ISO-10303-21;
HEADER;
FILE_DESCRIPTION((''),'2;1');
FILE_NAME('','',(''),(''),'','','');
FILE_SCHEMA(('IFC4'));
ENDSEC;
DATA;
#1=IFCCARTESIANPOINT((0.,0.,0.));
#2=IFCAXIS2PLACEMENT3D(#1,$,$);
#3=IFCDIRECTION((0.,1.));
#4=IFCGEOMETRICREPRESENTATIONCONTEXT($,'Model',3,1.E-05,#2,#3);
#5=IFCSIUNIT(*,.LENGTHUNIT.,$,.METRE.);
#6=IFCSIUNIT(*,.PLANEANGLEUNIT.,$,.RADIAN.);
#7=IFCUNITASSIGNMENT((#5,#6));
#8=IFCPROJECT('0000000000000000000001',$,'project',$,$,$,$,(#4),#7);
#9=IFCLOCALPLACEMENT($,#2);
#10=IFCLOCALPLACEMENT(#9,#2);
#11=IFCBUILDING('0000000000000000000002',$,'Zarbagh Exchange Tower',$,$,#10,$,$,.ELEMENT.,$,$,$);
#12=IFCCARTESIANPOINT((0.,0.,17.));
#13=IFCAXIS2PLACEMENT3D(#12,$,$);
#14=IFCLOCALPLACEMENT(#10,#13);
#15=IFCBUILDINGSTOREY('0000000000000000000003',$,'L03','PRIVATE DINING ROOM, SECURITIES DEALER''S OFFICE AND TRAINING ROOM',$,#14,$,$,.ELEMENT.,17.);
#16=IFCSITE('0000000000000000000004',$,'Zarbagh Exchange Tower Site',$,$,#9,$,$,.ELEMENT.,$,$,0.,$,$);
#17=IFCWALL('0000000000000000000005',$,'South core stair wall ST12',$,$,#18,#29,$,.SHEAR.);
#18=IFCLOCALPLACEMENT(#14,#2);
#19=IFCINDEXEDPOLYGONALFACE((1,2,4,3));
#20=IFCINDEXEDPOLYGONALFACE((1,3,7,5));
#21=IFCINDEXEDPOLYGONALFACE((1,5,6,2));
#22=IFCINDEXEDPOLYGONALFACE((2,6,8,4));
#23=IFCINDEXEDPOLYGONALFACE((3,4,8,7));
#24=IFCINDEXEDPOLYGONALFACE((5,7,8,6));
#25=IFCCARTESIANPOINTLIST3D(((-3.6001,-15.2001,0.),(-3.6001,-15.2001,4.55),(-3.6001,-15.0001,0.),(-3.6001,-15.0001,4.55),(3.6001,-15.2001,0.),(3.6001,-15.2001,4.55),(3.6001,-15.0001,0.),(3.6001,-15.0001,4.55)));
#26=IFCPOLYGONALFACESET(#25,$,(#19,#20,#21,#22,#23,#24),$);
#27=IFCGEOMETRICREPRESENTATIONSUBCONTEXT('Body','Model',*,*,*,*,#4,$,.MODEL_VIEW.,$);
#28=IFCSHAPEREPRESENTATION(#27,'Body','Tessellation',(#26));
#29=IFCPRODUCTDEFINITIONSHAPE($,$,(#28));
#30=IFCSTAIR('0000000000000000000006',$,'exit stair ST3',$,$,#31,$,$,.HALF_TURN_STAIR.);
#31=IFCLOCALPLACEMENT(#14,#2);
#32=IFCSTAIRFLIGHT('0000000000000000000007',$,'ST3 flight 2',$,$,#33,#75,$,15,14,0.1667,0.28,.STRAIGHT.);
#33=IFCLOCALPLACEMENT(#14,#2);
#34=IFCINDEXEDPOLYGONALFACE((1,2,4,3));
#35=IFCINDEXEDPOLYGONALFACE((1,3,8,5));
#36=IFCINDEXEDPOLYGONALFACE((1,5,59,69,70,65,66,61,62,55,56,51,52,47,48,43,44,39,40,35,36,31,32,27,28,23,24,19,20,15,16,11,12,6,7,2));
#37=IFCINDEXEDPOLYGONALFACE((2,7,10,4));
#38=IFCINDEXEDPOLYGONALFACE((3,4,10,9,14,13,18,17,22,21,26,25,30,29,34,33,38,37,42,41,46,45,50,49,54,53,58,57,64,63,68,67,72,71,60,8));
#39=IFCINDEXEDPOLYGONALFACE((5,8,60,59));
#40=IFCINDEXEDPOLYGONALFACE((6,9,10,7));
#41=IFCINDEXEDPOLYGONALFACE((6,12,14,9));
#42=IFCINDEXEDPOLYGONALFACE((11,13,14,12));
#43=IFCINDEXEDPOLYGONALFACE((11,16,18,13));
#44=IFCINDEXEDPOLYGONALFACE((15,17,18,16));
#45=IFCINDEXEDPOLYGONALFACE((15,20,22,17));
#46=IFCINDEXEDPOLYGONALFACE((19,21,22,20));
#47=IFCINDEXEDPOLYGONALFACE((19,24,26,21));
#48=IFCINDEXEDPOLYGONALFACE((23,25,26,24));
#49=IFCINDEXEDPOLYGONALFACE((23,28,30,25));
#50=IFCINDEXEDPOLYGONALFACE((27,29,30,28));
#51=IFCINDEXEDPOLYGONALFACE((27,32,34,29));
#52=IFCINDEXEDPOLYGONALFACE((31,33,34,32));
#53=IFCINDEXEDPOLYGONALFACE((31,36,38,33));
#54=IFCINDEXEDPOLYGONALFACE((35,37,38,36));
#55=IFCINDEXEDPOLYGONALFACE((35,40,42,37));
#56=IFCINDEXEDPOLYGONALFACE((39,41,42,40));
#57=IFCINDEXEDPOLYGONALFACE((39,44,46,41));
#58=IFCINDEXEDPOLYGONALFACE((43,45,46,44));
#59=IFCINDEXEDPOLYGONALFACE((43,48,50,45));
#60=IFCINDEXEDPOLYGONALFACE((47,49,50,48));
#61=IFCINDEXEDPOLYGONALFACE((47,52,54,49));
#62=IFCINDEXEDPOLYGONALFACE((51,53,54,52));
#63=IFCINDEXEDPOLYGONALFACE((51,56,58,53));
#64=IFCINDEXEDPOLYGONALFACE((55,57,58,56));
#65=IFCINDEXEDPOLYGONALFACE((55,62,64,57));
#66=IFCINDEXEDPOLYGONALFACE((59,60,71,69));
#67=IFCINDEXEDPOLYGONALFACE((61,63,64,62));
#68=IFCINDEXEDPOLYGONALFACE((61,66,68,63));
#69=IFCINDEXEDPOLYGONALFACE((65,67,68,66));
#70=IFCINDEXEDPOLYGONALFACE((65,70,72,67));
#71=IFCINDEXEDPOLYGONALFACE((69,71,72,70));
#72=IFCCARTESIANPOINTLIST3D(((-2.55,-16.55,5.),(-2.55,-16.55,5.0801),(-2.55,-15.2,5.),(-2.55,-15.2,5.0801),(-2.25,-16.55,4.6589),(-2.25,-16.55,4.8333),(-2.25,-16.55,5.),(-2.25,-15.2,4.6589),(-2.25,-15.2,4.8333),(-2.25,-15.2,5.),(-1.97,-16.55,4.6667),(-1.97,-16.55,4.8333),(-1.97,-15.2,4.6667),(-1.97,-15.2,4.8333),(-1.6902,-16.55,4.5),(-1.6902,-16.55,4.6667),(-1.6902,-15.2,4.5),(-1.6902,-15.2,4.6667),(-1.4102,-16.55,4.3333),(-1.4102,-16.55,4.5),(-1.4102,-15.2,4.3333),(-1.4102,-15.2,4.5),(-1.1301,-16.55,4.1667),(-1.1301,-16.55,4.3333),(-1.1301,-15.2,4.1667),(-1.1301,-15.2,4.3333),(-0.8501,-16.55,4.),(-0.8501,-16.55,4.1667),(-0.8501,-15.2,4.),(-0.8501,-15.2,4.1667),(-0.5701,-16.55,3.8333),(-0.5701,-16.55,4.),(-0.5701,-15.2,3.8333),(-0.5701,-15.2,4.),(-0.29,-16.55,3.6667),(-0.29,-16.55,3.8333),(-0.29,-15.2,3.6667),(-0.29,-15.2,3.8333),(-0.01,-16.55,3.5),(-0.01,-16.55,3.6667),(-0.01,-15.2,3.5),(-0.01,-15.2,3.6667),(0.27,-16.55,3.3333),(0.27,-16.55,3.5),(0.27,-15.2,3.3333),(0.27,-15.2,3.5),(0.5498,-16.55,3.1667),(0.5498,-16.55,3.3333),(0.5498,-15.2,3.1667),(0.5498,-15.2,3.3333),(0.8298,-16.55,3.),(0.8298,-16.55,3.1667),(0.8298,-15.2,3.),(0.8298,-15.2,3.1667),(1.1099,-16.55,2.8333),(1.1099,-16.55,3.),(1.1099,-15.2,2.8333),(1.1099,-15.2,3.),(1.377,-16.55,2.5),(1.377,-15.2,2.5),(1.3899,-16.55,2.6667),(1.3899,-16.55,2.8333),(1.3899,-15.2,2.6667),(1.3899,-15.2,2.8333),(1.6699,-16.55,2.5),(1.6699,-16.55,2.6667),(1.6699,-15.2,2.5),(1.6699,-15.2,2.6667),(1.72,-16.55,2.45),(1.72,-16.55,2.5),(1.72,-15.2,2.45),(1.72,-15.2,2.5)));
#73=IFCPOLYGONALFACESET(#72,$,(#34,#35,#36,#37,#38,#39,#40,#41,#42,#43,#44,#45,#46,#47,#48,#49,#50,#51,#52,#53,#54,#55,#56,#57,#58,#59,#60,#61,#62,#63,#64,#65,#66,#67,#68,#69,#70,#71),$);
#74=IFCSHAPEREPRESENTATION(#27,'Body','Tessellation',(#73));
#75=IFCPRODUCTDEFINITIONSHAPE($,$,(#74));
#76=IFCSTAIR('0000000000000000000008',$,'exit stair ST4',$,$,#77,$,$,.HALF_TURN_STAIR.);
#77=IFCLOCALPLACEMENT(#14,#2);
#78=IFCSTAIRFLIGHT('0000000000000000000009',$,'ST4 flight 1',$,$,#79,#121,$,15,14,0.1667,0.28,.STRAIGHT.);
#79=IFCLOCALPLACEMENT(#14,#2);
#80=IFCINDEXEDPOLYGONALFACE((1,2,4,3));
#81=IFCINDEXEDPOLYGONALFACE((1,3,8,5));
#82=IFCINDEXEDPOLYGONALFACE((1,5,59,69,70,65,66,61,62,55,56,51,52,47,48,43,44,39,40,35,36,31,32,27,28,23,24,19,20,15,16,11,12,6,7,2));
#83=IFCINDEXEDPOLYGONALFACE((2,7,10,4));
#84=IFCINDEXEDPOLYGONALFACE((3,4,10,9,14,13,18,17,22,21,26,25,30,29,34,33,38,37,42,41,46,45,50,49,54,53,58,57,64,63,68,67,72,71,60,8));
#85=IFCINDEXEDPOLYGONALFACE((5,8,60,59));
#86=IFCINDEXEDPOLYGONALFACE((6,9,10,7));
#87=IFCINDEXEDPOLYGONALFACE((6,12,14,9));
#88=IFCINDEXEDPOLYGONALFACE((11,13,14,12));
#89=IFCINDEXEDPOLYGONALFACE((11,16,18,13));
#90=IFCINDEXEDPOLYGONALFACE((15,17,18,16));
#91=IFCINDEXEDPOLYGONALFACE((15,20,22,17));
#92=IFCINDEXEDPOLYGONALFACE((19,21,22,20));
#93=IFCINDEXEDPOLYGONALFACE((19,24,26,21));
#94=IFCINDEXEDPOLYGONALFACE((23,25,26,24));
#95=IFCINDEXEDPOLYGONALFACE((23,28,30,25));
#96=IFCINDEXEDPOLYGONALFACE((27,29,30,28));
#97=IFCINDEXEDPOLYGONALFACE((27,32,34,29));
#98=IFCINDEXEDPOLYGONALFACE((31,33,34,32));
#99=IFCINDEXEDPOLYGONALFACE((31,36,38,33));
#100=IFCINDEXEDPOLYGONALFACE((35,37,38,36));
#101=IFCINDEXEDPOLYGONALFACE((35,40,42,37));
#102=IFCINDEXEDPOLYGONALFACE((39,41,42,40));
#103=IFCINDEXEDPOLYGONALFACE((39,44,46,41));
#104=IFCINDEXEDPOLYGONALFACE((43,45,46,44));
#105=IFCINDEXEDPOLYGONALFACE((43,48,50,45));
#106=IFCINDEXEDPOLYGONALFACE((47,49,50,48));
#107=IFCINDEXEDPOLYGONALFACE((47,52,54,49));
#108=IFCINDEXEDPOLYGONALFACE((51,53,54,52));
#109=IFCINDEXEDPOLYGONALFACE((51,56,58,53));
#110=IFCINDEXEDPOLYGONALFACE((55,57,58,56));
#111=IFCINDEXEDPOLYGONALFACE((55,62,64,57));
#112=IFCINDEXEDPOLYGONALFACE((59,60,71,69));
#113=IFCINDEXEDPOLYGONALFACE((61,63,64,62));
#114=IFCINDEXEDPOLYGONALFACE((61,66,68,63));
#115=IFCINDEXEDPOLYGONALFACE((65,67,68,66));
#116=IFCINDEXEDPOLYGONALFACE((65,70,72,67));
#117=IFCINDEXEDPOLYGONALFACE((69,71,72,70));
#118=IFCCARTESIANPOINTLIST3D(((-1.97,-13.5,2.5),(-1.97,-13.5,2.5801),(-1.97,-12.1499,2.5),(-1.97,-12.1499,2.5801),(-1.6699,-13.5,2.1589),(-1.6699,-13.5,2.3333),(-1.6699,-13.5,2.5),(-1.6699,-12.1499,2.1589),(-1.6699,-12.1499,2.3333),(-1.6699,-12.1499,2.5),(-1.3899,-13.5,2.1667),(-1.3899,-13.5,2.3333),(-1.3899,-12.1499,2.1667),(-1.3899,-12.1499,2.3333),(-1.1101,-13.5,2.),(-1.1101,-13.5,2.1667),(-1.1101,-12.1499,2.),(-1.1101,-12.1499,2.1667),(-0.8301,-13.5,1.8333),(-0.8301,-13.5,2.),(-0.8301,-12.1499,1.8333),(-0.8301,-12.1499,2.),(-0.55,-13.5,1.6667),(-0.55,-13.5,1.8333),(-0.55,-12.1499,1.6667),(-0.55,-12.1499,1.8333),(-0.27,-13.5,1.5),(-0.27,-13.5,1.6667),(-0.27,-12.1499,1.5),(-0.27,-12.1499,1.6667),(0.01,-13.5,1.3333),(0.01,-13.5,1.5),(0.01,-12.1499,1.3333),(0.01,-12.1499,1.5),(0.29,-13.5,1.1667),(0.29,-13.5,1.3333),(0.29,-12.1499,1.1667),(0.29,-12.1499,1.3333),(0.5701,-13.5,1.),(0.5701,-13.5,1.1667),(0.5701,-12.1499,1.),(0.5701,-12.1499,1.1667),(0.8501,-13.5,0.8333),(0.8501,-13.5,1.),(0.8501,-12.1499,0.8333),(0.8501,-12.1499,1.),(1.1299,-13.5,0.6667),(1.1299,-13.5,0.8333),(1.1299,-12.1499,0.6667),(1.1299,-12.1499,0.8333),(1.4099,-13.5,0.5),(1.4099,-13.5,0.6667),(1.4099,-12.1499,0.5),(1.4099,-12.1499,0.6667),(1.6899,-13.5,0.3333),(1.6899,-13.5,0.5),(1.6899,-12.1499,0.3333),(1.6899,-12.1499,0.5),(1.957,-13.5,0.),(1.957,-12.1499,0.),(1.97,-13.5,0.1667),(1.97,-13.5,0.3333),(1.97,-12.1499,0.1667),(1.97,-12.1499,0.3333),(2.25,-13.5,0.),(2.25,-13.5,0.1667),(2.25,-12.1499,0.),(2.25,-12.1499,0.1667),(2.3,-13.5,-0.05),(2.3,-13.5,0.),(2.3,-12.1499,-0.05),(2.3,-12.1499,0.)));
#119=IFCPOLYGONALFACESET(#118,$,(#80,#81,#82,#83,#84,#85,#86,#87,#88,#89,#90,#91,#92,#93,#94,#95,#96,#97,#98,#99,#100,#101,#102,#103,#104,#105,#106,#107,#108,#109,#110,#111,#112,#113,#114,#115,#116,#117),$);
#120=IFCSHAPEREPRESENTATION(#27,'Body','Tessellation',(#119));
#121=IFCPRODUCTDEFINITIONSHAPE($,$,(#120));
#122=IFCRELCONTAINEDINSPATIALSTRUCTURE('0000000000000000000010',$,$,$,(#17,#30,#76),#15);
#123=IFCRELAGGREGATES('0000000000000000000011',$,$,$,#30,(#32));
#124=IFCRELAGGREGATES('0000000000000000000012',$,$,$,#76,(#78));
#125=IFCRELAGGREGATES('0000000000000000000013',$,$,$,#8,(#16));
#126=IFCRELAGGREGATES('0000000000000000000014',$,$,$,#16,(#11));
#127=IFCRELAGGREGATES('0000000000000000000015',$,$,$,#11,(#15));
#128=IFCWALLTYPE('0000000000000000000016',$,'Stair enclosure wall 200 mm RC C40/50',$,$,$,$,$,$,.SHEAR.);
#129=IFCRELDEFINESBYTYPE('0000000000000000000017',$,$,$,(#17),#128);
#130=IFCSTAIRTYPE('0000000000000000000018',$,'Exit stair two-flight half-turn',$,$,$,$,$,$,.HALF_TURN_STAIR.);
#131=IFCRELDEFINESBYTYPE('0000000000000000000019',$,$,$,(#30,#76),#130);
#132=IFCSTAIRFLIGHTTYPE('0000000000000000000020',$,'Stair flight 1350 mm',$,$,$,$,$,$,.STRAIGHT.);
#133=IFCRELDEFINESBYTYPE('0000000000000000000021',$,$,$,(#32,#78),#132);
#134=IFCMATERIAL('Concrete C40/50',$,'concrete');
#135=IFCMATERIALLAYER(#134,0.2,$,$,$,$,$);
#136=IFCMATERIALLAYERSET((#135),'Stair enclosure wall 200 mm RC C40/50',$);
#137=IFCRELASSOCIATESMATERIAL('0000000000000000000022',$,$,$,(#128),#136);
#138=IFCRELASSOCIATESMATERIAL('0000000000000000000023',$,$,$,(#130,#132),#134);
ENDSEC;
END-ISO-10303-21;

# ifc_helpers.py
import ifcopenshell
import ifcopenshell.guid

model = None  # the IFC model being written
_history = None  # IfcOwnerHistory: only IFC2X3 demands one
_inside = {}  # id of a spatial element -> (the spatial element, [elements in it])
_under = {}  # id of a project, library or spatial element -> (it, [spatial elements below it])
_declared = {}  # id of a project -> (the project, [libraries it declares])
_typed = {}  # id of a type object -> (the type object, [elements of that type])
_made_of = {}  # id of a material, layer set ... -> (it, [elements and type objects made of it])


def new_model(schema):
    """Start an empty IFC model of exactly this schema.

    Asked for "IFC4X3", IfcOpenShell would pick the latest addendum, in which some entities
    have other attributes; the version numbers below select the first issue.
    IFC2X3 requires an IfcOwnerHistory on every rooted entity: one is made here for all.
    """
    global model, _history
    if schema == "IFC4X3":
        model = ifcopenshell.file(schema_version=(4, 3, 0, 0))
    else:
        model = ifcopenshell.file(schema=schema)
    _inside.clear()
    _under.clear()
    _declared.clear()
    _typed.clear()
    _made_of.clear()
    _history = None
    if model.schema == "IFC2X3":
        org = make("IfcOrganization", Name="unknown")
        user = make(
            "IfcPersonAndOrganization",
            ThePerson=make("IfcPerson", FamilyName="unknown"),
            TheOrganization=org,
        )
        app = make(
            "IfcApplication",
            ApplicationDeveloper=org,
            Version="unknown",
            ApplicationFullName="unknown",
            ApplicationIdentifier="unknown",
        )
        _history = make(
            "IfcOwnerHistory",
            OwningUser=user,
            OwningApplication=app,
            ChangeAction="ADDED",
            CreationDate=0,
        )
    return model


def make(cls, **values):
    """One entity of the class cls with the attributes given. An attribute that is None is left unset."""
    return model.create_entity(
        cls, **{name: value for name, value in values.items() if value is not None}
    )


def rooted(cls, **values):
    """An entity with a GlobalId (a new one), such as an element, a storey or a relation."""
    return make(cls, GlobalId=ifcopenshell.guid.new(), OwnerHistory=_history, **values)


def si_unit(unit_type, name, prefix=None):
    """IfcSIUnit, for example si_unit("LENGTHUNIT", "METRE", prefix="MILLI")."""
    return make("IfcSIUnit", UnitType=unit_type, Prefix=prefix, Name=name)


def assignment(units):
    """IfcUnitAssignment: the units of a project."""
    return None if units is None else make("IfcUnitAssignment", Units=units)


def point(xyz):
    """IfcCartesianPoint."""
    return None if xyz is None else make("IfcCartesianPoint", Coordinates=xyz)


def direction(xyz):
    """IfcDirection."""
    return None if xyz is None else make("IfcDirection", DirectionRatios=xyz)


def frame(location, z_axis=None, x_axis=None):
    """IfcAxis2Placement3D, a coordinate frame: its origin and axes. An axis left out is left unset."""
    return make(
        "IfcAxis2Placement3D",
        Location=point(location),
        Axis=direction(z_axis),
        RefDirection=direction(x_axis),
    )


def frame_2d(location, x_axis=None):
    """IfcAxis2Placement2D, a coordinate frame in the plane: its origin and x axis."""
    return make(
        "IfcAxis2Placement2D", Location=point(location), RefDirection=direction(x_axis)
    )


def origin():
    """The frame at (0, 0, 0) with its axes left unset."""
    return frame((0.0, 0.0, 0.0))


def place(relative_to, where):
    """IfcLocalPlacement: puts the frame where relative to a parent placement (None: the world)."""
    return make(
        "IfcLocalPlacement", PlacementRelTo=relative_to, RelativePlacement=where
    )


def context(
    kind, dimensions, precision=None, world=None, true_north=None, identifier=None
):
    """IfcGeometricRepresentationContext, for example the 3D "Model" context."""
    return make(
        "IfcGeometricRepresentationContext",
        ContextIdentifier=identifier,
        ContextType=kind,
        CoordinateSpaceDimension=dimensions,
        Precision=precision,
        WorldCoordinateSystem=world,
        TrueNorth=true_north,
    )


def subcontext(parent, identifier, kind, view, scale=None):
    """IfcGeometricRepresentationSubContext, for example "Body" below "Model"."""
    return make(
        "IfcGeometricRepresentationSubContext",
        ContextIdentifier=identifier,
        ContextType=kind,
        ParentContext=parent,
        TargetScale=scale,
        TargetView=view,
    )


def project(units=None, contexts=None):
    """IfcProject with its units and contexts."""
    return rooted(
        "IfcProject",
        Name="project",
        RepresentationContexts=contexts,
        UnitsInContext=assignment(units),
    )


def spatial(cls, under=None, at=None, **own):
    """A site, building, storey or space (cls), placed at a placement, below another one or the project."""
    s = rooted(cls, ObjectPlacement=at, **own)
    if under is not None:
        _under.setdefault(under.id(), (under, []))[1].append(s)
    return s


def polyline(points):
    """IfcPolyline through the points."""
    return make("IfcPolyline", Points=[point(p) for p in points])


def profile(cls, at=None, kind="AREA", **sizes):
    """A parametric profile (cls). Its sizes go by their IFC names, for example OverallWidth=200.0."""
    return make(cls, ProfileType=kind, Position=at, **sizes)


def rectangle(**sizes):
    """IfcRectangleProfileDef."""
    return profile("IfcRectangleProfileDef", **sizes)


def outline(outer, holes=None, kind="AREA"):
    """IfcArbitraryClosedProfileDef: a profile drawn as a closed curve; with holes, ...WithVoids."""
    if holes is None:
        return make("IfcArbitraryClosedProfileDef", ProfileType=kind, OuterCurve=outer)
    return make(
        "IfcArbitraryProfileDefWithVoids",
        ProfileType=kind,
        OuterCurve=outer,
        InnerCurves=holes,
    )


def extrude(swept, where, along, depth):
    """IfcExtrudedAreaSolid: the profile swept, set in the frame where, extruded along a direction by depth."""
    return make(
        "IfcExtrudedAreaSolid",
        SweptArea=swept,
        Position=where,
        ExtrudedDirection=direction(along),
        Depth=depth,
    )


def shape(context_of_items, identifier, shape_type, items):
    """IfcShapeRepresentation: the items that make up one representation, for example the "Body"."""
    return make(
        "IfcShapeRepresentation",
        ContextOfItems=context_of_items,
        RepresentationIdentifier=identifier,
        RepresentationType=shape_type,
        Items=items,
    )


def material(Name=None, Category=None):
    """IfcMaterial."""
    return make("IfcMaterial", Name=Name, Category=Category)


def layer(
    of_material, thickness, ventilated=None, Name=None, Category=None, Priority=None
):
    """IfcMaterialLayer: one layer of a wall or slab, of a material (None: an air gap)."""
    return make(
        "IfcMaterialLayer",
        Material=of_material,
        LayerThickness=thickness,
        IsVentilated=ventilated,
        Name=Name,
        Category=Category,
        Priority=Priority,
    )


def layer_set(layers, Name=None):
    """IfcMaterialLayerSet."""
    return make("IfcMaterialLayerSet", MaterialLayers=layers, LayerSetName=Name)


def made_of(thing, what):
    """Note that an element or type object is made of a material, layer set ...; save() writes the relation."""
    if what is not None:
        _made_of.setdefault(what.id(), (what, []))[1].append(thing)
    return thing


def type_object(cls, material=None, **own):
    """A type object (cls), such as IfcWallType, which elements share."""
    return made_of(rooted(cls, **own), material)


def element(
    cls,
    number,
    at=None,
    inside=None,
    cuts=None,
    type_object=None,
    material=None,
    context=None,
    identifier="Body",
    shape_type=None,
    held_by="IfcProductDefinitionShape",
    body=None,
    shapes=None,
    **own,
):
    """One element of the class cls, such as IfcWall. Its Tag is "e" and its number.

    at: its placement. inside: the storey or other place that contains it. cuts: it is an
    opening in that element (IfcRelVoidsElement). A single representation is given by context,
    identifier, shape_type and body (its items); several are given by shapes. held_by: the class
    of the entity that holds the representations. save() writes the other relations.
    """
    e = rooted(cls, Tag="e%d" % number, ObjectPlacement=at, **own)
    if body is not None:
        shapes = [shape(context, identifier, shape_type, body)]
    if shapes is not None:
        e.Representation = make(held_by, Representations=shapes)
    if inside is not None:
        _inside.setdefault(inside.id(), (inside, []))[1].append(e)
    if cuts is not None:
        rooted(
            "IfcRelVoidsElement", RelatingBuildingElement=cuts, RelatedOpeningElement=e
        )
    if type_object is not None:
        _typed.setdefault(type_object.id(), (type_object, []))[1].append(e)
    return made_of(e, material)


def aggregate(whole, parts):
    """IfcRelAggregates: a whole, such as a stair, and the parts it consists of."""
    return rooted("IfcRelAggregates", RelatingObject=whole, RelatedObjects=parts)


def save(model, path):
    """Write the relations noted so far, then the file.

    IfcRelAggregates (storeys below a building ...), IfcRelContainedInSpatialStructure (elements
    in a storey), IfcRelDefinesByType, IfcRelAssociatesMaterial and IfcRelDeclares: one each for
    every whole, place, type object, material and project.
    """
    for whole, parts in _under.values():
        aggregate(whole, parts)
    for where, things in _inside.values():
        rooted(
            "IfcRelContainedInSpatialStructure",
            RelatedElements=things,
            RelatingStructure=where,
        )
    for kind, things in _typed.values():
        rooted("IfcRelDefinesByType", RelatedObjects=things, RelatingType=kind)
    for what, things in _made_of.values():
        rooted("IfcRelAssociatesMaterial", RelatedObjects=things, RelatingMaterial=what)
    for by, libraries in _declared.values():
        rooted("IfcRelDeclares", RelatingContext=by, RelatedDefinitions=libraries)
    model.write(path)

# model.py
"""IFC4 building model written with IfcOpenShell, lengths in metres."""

from ifc_helpers import new_model, si_unit, direction, frame, frame_2d, origin, place, context, subcontext, project, spatial, polyline, rectangle, outline, extrude, material, layer, layer_set, type_object, element, aggregate, save


model = new_model("IFC4")

# Units and contexts
model_context = context("Model", 3, precision=1e-05, world=origin(), true_north=direction((0.0, 1.0)))
body_context = subcontext(model_context, "Body", "Model", "MODEL_VIEW")
ifc_project = project(units=[si_unit("LENGTHUNIT", "METRE"), si_unit("PLANEANGLEUNIT", "RADIAN")], contexts=[model_context])

# Site, building, storey
site_placement = place(None, origin())
site = spatial("IfcSite", under=ifc_project, at=site_placement, Name="Zarbagh Exchange Tower Site", CompositionType="ELEMENT", RefElevation=0.0)
building_placement = place(site_placement, origin())
building = spatial("IfcBuilding", under=site, at=building_placement, Name="Zarbagh Exchange Tower", CompositionType="ELEMENT")
storey_placement = place(building_placement, frame((0.0, 0.0, 17.0)))
storey = spatial("IfcBuildingStorey", under=building, at=storey_placement, Name="L03", Description="PRIVATE DINING ROOM, SECURITIES DEALER'S OFFICE AND TRAINING ROOM", CompositionType="ELEMENT", Elevation=17.0)

# Wall
ifc_material_1 = material(Name="Concrete C40/50", Category="concrete")
ifc_layer_1 = layer(ifc_material_1, 0.2)
ifc_layer_set_1 = layer_set([ifc_layer_1], Name="Stair enclosure wall 200 mm RC C40/50")
wall_type_1 = type_object("IfcWallType", Name="Stair enclosure wall 200 mm RC C40/50", PredefinedType="SHEAR", material=ifc_layer_set_1)
wall_1_placement = place(storey_placement, frame((3.6001, -15.1001, 0.0), z_axis=(0.0, 0.0, 1.0), x_axis=(-1.0, 0.0, 0.0)))
element("IfcWall", 1, at=wall_1_placement, inside=storey, type_object=wall_type_1, Name="South core stair wall ST12", PredefinedType="SHEAR", context=body_context, shape_type="SweptSolid", body=[
    extrude(rectangle(XDim=7.2002, YDim=0.2, at=frame_2d((3.6001, 0.0))), origin(), (0.0, 0.0, 1.0), 4.55),
])

# Stairs, stair flights
stair_type = type_object("IfcStairType", Name="Exit stair two-flight half-turn", PredefinedType="HALF_TURN_STAIR", material=ifc_material_1)
stair_1_placement = place(storey_placement, origin())
stair_1 = element("IfcStair", 2, at=stair_1_placement, inside=storey, type_object=stair_type, Name="exit stair ST3", PredefinedType="HALF_TURN_STAIR")
stair_flight_type = type_object("IfcStairFlightType", Name="Stair flight 1350 mm", PredefinedType="STRAIGHT", material=ifc_material_1)
stair_flight_1_placement = place(storey_placement, frame((1.6699, -15.875, 2.5), z_axis=(0.0, 0.0, 1.0), x_axis=(-1.0, 0.0, 0.0)))
stair_flight_1 = element("IfcStairFlight", 3, at=stair_flight_1_placement, type_object=stair_flight_type, Name="ST3 flight 2", NumberOfRisers=15, NumberOfTreads=14, PredefinedType="STRAIGHT", RiserHeight=0.1667, TreadLength=0.28, context=body_context, shape_type="SweptSolid", body=[
    extrude(outline(polyline([(-0.05, -0.05), (-0.05, 0.0), (0.0, 0.0), (0.0, 0.1667), (0.28, 0.1667), (0.28, 0.3333), (0.5601, 0.3333), (0.5601, 0.5), (0.8401, 0.5), (0.8401, 0.6667), (1.1201, 0.6667), (1.1201, 0.8333), (1.3999, 0.8333), (1.3999, 1.0), (1.6799, 1.0), (1.6799, 1.1667), (1.96, 1.1667), (1.96, 1.3333), (2.24, 1.3333), (2.24, 1.5), (2.52, 1.5), (2.52, 1.6667), (2.8, 1.6667), (2.8, 1.8333), (3.0801, 1.8333), (3.0801, 2.0), (3.3601, 2.0), (3.3601, 2.1667), (3.6399, 2.1667), (3.6399, 2.3333), (3.9199, 2.3333), (3.9199, 2.5), (4.22, 2.5801), (4.22, 2.5), (3.9199, 2.1589), (0.293, 0.0), (-0.05, -0.05)])), frame((0.0, 0.675, 0.0), z_axis=(0.0, -1.0, 0.0), x_axis=(1.0, 0.0, 0.0)), (0.0, 0.0, 1.0), 1.3501),
])
aggregate(stair_1, [stair_flight_1])
stair_2_placement = place(storey_placement, origin())
stair_2 = element("IfcStair", 4, at=stair_2_placement, inside=storey, type_object=stair_type, Name="exit stair ST4", PredefinedType="HALF_TURN_STAIR")
stair_flight_2_placement = place(storey_placement, frame((2.25, -12.825, 0.0), z_axis=(0.0, 0.0, 1.0), x_axis=(-1.0, 0.0, 0.0)))
stair_flight_2 = element("IfcStairFlight", 5, at=stair_flight_2_placement, type_object=stair_flight_type, Name="ST4 flight 1", NumberOfRisers=15, NumberOfTreads=14, PredefinedType="STRAIGHT", RiserHeight=0.1667, TreadLength=0.28, context=body_context, shape_type="SweptSolid", body=[
    extrude(outline(polyline([(-0.05, -0.05), (-0.05, 0.0), (0.0, 0.0), (0.0, 0.1667), (0.28, 0.1667), (0.28, 0.3333), (0.5601, 0.3333), (0.5601, 0.5), (0.8401, 0.5), (0.8401, 0.6667), (1.1201, 0.6667), (1.1201, 0.8333), (1.3999, 0.8333), (1.3999, 1.0), (1.6799, 1.0), (1.6799, 1.1667), (1.96, 1.1667), (1.96, 1.3333), (2.24, 1.3333), (2.24, 1.5), (2.52, 1.5), (2.52, 1.6667), (2.8, 1.6667), (2.8, 1.8333), (3.0801, 1.8333), (3.0801, 2.0), (3.3601, 2.0), (3.3601, 2.1667), (3.6399, 2.1667), (3.6399, 2.3333), (3.9199, 2.3333), (3.9199, 2.5), (4.22, 2.5801), (4.22, 2.5), (3.9199, 2.1589), (0.293, 0.0), (-0.05, -0.05)])), frame((0.0, 0.675, 0.0), z_axis=(0.0, -1.0, 0.0), x_axis=(1.0, 0.0, 0.0)), (0.0, 0.0, 1.0), 1.3501),
])
aggregate(stair_2, [stair_flight_2])

save(model, "model.ifc")
